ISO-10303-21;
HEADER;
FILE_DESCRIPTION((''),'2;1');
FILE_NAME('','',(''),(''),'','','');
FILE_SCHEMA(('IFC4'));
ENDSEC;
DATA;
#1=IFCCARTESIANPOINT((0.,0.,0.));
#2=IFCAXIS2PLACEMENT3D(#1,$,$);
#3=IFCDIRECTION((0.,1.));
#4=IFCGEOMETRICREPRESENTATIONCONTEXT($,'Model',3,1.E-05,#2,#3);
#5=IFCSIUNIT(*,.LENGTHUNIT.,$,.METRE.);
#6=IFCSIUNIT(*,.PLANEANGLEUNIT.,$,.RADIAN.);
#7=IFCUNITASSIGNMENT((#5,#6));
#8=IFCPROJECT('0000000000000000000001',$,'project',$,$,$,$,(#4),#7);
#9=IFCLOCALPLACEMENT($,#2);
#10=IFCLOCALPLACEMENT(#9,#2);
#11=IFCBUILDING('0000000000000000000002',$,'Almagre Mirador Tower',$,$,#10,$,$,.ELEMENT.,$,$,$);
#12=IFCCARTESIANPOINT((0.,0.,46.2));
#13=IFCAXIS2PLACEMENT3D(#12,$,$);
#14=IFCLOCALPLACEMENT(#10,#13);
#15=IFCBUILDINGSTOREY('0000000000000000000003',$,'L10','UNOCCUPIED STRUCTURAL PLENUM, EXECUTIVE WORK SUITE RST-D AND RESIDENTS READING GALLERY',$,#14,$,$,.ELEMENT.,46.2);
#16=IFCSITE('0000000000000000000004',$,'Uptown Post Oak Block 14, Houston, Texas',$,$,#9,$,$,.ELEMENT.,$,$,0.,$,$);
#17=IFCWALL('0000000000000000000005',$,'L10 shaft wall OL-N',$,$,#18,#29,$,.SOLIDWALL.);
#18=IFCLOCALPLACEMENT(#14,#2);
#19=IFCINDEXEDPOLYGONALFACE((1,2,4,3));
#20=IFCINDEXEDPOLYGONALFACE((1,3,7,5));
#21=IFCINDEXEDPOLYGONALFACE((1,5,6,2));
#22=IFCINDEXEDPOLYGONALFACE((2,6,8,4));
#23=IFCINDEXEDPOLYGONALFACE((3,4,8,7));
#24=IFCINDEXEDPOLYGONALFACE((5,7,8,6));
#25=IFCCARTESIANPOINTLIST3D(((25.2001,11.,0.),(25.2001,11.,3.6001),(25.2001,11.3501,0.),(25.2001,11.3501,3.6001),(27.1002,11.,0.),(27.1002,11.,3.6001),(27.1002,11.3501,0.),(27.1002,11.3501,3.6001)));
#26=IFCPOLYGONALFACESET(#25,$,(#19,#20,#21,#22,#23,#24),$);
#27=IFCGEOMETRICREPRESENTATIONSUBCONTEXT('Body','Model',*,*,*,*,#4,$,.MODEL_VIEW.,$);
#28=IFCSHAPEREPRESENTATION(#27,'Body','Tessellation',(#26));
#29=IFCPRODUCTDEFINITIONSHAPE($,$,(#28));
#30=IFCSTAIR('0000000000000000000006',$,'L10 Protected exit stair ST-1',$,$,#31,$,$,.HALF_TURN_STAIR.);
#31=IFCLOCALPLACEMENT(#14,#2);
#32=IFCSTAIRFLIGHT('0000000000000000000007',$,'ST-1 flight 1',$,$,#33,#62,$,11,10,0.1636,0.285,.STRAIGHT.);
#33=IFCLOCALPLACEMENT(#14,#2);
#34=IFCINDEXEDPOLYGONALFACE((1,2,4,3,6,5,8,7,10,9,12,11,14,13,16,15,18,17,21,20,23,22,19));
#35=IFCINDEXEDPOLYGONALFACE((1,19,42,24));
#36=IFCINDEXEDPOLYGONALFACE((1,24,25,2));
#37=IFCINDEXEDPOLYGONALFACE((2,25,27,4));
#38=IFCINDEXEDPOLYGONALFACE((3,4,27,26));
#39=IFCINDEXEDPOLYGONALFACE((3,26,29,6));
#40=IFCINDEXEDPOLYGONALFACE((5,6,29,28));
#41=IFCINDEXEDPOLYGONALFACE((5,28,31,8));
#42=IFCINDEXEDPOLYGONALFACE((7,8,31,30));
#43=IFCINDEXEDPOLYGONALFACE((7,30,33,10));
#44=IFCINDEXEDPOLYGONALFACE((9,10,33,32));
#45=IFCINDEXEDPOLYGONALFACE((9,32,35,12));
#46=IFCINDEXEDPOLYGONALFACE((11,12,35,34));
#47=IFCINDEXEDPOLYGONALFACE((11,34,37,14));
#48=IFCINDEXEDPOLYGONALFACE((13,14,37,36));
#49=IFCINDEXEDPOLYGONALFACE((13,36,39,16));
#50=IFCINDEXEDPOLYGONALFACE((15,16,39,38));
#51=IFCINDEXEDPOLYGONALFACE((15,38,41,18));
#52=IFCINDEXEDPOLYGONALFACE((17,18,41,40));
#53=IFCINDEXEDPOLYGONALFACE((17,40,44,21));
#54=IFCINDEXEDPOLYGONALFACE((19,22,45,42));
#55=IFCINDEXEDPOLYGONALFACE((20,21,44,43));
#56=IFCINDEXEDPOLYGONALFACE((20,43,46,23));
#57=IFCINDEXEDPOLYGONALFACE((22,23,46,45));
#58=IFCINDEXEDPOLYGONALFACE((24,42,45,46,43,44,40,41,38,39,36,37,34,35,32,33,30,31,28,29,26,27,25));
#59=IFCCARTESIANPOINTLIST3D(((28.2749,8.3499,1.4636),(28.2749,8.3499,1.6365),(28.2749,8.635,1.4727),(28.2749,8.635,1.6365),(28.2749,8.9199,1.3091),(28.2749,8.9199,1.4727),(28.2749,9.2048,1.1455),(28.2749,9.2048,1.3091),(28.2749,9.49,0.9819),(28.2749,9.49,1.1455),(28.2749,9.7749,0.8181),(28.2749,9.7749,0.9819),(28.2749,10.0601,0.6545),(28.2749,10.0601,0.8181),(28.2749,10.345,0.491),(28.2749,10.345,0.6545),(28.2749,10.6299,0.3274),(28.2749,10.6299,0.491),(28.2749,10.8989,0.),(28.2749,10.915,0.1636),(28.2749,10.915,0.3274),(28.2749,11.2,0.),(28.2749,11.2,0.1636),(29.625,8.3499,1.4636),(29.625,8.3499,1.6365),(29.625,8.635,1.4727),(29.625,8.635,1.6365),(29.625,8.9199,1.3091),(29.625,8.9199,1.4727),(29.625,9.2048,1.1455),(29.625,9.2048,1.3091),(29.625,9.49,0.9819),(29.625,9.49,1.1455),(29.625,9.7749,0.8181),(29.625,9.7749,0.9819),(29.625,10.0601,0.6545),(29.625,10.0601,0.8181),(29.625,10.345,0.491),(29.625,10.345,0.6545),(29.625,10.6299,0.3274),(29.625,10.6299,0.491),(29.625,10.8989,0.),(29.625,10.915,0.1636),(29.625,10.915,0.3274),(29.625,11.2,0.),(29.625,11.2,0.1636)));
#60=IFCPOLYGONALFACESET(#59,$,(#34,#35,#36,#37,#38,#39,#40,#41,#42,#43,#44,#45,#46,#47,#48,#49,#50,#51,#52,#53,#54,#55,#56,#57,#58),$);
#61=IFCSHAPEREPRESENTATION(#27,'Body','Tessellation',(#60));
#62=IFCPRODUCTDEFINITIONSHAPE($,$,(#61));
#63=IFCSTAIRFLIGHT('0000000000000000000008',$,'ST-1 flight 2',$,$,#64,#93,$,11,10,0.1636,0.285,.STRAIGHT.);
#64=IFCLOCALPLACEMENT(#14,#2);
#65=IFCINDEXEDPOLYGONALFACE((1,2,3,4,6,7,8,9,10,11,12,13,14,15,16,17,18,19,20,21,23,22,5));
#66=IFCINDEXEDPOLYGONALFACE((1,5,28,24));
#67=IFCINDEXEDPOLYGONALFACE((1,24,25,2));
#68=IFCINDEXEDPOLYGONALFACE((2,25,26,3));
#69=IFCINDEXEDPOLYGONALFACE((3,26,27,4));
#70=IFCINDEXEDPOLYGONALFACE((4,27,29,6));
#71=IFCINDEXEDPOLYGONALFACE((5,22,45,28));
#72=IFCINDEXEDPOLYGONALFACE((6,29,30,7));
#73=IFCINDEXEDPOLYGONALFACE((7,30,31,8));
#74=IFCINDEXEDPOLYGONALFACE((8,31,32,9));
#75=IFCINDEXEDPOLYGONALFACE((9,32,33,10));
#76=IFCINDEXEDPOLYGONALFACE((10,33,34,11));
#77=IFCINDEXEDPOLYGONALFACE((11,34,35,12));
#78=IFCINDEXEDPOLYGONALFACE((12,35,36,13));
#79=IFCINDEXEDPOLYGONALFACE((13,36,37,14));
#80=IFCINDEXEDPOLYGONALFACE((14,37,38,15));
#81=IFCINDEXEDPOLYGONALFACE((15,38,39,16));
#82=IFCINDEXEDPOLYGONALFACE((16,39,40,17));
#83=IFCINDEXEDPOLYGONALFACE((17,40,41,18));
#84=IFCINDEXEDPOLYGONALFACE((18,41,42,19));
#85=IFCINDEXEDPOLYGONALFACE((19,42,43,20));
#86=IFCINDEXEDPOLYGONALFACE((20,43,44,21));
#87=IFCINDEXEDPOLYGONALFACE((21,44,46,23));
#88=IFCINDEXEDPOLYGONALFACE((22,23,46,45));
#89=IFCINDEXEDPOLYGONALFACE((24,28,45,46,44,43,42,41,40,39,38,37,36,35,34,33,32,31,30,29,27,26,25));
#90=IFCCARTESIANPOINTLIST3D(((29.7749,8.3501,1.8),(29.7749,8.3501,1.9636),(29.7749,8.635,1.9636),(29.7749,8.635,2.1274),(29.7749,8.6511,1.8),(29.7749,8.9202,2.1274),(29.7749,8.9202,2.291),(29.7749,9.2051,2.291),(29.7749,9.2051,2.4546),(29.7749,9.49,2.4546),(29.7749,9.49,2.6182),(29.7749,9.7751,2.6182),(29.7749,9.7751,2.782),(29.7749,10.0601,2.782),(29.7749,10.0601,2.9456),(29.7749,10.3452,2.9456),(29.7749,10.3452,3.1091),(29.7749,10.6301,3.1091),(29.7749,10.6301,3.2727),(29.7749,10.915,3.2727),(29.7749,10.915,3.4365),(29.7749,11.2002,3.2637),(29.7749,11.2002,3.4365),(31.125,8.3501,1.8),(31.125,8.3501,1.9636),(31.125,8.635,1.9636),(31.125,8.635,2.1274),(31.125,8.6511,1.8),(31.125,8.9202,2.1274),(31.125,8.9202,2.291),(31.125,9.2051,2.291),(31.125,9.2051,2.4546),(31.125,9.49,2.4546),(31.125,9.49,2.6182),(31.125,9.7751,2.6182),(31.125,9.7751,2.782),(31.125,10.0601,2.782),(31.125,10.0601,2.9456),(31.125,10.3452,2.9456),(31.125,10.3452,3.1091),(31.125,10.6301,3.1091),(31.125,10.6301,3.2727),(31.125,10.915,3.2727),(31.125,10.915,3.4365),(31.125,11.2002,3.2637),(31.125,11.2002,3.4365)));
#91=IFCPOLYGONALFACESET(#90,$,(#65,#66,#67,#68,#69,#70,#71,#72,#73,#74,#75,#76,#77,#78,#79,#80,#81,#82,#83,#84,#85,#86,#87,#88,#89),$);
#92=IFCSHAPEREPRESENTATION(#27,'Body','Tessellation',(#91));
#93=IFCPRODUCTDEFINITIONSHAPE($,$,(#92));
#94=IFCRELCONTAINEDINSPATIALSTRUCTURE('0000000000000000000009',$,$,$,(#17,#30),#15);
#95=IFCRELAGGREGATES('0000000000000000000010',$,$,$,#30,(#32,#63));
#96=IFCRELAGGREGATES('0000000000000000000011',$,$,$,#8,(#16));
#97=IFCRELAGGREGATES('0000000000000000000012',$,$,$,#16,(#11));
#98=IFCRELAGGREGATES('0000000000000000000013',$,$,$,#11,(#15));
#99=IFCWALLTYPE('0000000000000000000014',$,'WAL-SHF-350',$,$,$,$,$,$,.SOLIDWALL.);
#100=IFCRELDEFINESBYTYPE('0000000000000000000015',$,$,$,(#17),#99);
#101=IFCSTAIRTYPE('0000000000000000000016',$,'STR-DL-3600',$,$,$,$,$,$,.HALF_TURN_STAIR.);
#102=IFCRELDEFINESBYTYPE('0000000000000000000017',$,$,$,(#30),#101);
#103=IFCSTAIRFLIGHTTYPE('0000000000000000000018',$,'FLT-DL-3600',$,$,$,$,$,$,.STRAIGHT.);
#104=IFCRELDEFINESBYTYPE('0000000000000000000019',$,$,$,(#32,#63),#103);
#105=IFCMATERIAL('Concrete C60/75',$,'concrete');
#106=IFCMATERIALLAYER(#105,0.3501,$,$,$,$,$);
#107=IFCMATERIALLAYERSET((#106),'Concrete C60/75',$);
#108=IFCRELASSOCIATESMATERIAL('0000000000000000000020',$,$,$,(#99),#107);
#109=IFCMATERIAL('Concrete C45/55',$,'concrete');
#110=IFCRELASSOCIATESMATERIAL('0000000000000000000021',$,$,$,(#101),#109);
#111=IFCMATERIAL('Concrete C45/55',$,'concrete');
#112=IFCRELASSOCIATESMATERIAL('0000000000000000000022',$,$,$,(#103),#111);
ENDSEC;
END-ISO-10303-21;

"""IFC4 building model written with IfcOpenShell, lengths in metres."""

from ifc_helpers import new_model, si_unit, direction, frame, frame_2d, origin, place, context, subcontext, project, spatial, polyline, rectangle, outline, extrude, material, layer, layer_set, type_object, element, aggregate, save


model = new_model("IFC4")

# Units and contexts
model_context = context("Model", 3, precision=1e-05, world=origin(), true_north=direction((0.0, 1.0)))
body_context = subcontext(model_context, "Body", "Model", "MODEL_VIEW")
ifc_project = project(units=[si_unit("LENGTHUNIT", "METRE"), si_unit("PLANEANGLEUNIT", "RADIAN")], contexts=[model_context])

# Site, building, storey
site_placement = place(None, origin())
site = spatial("IfcSite", under=ifc_project, at=site_placement, Name="Uptown Post Oak Block 14, Houston, Texas", CompositionType="ELEMENT", RefElevation=0.0)
building_placement = place(site_placement, origin())
building = spatial("IfcBuilding", under=site, at=building_placement, Name="Almagre Mirador Tower", CompositionType="ELEMENT")
storey_placement = place(building_placement, frame((0.0, 0.0, 46.2)))
storey = spatial("IfcBuildingStorey", under=building, at=storey_placement, Name="L10", Description="UNOCCUPIED STRUCTURAL PLENUM, EXECUTIVE WORK SUITE RST-D AND RESIDENTS READING GALLERY", CompositionType="ELEMENT", Elevation=46.2)

# Wall
ifc_material_1 = material(Name="Concrete C60/75", Category="concrete")
ifc_layer_1 = layer(ifc_material_1, 0.3501)
ifc_layer_set_1 = layer_set([ifc_layer_1], Name="Concrete C60/75")
wall_type_1 = type_object("IfcWallType", Name="WAL-SHF-350", PredefinedType="SOLIDWALL", material=ifc_layer_set_1)
for number, where, z_axis, x_axis, name in (
    (1, (25.2, 11.175, 0.0), (0.0, 0.0, 1.0), (1.0, 0.0, 0.0), "L10 shaft wall OL-N"),
):
    element("IfcWall", number, at=place(storey_placement, frame(where, z_axis=z_axis, x_axis=x_axis)), inside=storey, type_object=wall_type_1, Name=name, PredefinedType="SOLIDWALL", context=body_context, shape_type="SweptSolid", body=[
        extrude(rectangle(XDim=1.9001, YDim=0.3501, at=frame_2d((0.9502, 0.0))), origin(), (0.0, 0.0, 1.0), 3.6001),
    ])

# Stair, stair flights
ifc_material_2 = material(Name="Concrete C45/55", Category="concrete")
stair_type = type_object("IfcStairType", Name="STR-DL-3600", PredefinedType="HALF_TURN_STAIR", material=ifc_material_2)
stair_placement = place(storey_placement, origin())
stair = element("IfcStair", 2, at=stair_placement, inside=storey, type_object=stair_type, Name="L10 Protected exit stair ST-1", PredefinedType="HALF_TURN_STAIR")
ifc_material_3 = material(Name="Concrete C45/55", Category="concrete")
stair_flight_type = type_object("IfcStairFlightType", Name="FLT-DL-3600", PredefinedType="STRAIGHT", material=ifc_material_3)
stair_flight_1_placement = place(storey_placement, frame((28.95, 11.2, 0.0), z_axis=(0.0, 0.0, 1.0), x_axis=(0.0, -1.0, 0.0)))
stair_flight_1 = element("IfcStairFlight", 3, at=stair_flight_1_placement, type_object=stair_flight_type, Name="ST-1 flight 1", NumberOfRisers=11, NumberOfTreads=10, PredefinedType="STRAIGHT", RiserHeight=0.1636, TreadLength=0.285, context=body_context, shape_type="SweptSolid", body=[
    extrude(outline(polyline([(0.0, 0.0), (0.0, 0.1636), (0.2849, 0.1636), (0.2849, 0.3274), (0.5701, 0.3274), (0.5701, 0.491), (0.855, 0.491), (0.855, 0.6545), (1.1399, 0.6545), (1.1399, 0.8181), (1.425, 0.8181), (1.425, 0.9819), (1.71, 0.9819), (1.71, 1.1455), (1.9951, 1.1455), (1.9951, 1.3091), (2.28, 1.3091), (2.28, 1.4727), (2.5649, 1.4727), (2.5649, 1.6365), (2.8501, 1.6365), (2.8501, 1.8), (2.8501, 1.4636), (0.301, 0.0), (0.0, 0.0)])), frame((0.0, 0.675, 0.0), z_axis=(0.0, -1.0, 0.0), x_axis=(1.0, 0.0, 0.0)), (0.0, 0.0, 1.0), 1.3501),
])
stair_flight_2_placement = place(storey_placement, frame((30.45, 8.3501, 1.8), z_axis=(0.0, 0.0, 1.0), x_axis=(0.0, 1.0, 0.0)))
stair_flight_2 = element("IfcStairFlight", 4, at=stair_flight_2_placement, type_object=stair_flight_type, Name="ST-1 flight 2", NumberOfRisers=11, NumberOfTreads=10, PredefinedType="STRAIGHT", RiserHeight=0.1636, TreadLength=0.285, context=body_context, shape_type="SweptSolid", body=[
    extrude(outline(polyline([(0.0, 0.0), (0.0, 0.1636), (0.2849, 0.1636), (0.2849, 0.3274), (0.5701, 0.3274), (0.5701, 0.491), (0.855, 0.491), (0.855, 0.6545), (1.1399, 0.6545), (1.1399, 0.8181), (1.425, 0.8181), (1.425, 0.9819), (1.71, 0.9819), (1.71, 1.1455), (1.9951, 1.1455), (1.9951, 1.3091), (2.28, 1.3091), (2.28, 1.4727), (2.5649, 1.4727), (2.5649, 1.6365), (2.8501, 1.6365), (2.8501, 1.8), (2.8501, 1.4636), (0.301, 0.0), (0.0, 0.0)])), frame((0.0, 0.675, 0.0), z_axis=(0.0, -1.0, 0.0), x_axis=(1.0, 0.0, 0.0)), (0.0, 0.0, 1.0), 1.3501),
])
aggregate(stair, [stair_flight_1, stair_flight_2])

save(model, "model.ifc")
